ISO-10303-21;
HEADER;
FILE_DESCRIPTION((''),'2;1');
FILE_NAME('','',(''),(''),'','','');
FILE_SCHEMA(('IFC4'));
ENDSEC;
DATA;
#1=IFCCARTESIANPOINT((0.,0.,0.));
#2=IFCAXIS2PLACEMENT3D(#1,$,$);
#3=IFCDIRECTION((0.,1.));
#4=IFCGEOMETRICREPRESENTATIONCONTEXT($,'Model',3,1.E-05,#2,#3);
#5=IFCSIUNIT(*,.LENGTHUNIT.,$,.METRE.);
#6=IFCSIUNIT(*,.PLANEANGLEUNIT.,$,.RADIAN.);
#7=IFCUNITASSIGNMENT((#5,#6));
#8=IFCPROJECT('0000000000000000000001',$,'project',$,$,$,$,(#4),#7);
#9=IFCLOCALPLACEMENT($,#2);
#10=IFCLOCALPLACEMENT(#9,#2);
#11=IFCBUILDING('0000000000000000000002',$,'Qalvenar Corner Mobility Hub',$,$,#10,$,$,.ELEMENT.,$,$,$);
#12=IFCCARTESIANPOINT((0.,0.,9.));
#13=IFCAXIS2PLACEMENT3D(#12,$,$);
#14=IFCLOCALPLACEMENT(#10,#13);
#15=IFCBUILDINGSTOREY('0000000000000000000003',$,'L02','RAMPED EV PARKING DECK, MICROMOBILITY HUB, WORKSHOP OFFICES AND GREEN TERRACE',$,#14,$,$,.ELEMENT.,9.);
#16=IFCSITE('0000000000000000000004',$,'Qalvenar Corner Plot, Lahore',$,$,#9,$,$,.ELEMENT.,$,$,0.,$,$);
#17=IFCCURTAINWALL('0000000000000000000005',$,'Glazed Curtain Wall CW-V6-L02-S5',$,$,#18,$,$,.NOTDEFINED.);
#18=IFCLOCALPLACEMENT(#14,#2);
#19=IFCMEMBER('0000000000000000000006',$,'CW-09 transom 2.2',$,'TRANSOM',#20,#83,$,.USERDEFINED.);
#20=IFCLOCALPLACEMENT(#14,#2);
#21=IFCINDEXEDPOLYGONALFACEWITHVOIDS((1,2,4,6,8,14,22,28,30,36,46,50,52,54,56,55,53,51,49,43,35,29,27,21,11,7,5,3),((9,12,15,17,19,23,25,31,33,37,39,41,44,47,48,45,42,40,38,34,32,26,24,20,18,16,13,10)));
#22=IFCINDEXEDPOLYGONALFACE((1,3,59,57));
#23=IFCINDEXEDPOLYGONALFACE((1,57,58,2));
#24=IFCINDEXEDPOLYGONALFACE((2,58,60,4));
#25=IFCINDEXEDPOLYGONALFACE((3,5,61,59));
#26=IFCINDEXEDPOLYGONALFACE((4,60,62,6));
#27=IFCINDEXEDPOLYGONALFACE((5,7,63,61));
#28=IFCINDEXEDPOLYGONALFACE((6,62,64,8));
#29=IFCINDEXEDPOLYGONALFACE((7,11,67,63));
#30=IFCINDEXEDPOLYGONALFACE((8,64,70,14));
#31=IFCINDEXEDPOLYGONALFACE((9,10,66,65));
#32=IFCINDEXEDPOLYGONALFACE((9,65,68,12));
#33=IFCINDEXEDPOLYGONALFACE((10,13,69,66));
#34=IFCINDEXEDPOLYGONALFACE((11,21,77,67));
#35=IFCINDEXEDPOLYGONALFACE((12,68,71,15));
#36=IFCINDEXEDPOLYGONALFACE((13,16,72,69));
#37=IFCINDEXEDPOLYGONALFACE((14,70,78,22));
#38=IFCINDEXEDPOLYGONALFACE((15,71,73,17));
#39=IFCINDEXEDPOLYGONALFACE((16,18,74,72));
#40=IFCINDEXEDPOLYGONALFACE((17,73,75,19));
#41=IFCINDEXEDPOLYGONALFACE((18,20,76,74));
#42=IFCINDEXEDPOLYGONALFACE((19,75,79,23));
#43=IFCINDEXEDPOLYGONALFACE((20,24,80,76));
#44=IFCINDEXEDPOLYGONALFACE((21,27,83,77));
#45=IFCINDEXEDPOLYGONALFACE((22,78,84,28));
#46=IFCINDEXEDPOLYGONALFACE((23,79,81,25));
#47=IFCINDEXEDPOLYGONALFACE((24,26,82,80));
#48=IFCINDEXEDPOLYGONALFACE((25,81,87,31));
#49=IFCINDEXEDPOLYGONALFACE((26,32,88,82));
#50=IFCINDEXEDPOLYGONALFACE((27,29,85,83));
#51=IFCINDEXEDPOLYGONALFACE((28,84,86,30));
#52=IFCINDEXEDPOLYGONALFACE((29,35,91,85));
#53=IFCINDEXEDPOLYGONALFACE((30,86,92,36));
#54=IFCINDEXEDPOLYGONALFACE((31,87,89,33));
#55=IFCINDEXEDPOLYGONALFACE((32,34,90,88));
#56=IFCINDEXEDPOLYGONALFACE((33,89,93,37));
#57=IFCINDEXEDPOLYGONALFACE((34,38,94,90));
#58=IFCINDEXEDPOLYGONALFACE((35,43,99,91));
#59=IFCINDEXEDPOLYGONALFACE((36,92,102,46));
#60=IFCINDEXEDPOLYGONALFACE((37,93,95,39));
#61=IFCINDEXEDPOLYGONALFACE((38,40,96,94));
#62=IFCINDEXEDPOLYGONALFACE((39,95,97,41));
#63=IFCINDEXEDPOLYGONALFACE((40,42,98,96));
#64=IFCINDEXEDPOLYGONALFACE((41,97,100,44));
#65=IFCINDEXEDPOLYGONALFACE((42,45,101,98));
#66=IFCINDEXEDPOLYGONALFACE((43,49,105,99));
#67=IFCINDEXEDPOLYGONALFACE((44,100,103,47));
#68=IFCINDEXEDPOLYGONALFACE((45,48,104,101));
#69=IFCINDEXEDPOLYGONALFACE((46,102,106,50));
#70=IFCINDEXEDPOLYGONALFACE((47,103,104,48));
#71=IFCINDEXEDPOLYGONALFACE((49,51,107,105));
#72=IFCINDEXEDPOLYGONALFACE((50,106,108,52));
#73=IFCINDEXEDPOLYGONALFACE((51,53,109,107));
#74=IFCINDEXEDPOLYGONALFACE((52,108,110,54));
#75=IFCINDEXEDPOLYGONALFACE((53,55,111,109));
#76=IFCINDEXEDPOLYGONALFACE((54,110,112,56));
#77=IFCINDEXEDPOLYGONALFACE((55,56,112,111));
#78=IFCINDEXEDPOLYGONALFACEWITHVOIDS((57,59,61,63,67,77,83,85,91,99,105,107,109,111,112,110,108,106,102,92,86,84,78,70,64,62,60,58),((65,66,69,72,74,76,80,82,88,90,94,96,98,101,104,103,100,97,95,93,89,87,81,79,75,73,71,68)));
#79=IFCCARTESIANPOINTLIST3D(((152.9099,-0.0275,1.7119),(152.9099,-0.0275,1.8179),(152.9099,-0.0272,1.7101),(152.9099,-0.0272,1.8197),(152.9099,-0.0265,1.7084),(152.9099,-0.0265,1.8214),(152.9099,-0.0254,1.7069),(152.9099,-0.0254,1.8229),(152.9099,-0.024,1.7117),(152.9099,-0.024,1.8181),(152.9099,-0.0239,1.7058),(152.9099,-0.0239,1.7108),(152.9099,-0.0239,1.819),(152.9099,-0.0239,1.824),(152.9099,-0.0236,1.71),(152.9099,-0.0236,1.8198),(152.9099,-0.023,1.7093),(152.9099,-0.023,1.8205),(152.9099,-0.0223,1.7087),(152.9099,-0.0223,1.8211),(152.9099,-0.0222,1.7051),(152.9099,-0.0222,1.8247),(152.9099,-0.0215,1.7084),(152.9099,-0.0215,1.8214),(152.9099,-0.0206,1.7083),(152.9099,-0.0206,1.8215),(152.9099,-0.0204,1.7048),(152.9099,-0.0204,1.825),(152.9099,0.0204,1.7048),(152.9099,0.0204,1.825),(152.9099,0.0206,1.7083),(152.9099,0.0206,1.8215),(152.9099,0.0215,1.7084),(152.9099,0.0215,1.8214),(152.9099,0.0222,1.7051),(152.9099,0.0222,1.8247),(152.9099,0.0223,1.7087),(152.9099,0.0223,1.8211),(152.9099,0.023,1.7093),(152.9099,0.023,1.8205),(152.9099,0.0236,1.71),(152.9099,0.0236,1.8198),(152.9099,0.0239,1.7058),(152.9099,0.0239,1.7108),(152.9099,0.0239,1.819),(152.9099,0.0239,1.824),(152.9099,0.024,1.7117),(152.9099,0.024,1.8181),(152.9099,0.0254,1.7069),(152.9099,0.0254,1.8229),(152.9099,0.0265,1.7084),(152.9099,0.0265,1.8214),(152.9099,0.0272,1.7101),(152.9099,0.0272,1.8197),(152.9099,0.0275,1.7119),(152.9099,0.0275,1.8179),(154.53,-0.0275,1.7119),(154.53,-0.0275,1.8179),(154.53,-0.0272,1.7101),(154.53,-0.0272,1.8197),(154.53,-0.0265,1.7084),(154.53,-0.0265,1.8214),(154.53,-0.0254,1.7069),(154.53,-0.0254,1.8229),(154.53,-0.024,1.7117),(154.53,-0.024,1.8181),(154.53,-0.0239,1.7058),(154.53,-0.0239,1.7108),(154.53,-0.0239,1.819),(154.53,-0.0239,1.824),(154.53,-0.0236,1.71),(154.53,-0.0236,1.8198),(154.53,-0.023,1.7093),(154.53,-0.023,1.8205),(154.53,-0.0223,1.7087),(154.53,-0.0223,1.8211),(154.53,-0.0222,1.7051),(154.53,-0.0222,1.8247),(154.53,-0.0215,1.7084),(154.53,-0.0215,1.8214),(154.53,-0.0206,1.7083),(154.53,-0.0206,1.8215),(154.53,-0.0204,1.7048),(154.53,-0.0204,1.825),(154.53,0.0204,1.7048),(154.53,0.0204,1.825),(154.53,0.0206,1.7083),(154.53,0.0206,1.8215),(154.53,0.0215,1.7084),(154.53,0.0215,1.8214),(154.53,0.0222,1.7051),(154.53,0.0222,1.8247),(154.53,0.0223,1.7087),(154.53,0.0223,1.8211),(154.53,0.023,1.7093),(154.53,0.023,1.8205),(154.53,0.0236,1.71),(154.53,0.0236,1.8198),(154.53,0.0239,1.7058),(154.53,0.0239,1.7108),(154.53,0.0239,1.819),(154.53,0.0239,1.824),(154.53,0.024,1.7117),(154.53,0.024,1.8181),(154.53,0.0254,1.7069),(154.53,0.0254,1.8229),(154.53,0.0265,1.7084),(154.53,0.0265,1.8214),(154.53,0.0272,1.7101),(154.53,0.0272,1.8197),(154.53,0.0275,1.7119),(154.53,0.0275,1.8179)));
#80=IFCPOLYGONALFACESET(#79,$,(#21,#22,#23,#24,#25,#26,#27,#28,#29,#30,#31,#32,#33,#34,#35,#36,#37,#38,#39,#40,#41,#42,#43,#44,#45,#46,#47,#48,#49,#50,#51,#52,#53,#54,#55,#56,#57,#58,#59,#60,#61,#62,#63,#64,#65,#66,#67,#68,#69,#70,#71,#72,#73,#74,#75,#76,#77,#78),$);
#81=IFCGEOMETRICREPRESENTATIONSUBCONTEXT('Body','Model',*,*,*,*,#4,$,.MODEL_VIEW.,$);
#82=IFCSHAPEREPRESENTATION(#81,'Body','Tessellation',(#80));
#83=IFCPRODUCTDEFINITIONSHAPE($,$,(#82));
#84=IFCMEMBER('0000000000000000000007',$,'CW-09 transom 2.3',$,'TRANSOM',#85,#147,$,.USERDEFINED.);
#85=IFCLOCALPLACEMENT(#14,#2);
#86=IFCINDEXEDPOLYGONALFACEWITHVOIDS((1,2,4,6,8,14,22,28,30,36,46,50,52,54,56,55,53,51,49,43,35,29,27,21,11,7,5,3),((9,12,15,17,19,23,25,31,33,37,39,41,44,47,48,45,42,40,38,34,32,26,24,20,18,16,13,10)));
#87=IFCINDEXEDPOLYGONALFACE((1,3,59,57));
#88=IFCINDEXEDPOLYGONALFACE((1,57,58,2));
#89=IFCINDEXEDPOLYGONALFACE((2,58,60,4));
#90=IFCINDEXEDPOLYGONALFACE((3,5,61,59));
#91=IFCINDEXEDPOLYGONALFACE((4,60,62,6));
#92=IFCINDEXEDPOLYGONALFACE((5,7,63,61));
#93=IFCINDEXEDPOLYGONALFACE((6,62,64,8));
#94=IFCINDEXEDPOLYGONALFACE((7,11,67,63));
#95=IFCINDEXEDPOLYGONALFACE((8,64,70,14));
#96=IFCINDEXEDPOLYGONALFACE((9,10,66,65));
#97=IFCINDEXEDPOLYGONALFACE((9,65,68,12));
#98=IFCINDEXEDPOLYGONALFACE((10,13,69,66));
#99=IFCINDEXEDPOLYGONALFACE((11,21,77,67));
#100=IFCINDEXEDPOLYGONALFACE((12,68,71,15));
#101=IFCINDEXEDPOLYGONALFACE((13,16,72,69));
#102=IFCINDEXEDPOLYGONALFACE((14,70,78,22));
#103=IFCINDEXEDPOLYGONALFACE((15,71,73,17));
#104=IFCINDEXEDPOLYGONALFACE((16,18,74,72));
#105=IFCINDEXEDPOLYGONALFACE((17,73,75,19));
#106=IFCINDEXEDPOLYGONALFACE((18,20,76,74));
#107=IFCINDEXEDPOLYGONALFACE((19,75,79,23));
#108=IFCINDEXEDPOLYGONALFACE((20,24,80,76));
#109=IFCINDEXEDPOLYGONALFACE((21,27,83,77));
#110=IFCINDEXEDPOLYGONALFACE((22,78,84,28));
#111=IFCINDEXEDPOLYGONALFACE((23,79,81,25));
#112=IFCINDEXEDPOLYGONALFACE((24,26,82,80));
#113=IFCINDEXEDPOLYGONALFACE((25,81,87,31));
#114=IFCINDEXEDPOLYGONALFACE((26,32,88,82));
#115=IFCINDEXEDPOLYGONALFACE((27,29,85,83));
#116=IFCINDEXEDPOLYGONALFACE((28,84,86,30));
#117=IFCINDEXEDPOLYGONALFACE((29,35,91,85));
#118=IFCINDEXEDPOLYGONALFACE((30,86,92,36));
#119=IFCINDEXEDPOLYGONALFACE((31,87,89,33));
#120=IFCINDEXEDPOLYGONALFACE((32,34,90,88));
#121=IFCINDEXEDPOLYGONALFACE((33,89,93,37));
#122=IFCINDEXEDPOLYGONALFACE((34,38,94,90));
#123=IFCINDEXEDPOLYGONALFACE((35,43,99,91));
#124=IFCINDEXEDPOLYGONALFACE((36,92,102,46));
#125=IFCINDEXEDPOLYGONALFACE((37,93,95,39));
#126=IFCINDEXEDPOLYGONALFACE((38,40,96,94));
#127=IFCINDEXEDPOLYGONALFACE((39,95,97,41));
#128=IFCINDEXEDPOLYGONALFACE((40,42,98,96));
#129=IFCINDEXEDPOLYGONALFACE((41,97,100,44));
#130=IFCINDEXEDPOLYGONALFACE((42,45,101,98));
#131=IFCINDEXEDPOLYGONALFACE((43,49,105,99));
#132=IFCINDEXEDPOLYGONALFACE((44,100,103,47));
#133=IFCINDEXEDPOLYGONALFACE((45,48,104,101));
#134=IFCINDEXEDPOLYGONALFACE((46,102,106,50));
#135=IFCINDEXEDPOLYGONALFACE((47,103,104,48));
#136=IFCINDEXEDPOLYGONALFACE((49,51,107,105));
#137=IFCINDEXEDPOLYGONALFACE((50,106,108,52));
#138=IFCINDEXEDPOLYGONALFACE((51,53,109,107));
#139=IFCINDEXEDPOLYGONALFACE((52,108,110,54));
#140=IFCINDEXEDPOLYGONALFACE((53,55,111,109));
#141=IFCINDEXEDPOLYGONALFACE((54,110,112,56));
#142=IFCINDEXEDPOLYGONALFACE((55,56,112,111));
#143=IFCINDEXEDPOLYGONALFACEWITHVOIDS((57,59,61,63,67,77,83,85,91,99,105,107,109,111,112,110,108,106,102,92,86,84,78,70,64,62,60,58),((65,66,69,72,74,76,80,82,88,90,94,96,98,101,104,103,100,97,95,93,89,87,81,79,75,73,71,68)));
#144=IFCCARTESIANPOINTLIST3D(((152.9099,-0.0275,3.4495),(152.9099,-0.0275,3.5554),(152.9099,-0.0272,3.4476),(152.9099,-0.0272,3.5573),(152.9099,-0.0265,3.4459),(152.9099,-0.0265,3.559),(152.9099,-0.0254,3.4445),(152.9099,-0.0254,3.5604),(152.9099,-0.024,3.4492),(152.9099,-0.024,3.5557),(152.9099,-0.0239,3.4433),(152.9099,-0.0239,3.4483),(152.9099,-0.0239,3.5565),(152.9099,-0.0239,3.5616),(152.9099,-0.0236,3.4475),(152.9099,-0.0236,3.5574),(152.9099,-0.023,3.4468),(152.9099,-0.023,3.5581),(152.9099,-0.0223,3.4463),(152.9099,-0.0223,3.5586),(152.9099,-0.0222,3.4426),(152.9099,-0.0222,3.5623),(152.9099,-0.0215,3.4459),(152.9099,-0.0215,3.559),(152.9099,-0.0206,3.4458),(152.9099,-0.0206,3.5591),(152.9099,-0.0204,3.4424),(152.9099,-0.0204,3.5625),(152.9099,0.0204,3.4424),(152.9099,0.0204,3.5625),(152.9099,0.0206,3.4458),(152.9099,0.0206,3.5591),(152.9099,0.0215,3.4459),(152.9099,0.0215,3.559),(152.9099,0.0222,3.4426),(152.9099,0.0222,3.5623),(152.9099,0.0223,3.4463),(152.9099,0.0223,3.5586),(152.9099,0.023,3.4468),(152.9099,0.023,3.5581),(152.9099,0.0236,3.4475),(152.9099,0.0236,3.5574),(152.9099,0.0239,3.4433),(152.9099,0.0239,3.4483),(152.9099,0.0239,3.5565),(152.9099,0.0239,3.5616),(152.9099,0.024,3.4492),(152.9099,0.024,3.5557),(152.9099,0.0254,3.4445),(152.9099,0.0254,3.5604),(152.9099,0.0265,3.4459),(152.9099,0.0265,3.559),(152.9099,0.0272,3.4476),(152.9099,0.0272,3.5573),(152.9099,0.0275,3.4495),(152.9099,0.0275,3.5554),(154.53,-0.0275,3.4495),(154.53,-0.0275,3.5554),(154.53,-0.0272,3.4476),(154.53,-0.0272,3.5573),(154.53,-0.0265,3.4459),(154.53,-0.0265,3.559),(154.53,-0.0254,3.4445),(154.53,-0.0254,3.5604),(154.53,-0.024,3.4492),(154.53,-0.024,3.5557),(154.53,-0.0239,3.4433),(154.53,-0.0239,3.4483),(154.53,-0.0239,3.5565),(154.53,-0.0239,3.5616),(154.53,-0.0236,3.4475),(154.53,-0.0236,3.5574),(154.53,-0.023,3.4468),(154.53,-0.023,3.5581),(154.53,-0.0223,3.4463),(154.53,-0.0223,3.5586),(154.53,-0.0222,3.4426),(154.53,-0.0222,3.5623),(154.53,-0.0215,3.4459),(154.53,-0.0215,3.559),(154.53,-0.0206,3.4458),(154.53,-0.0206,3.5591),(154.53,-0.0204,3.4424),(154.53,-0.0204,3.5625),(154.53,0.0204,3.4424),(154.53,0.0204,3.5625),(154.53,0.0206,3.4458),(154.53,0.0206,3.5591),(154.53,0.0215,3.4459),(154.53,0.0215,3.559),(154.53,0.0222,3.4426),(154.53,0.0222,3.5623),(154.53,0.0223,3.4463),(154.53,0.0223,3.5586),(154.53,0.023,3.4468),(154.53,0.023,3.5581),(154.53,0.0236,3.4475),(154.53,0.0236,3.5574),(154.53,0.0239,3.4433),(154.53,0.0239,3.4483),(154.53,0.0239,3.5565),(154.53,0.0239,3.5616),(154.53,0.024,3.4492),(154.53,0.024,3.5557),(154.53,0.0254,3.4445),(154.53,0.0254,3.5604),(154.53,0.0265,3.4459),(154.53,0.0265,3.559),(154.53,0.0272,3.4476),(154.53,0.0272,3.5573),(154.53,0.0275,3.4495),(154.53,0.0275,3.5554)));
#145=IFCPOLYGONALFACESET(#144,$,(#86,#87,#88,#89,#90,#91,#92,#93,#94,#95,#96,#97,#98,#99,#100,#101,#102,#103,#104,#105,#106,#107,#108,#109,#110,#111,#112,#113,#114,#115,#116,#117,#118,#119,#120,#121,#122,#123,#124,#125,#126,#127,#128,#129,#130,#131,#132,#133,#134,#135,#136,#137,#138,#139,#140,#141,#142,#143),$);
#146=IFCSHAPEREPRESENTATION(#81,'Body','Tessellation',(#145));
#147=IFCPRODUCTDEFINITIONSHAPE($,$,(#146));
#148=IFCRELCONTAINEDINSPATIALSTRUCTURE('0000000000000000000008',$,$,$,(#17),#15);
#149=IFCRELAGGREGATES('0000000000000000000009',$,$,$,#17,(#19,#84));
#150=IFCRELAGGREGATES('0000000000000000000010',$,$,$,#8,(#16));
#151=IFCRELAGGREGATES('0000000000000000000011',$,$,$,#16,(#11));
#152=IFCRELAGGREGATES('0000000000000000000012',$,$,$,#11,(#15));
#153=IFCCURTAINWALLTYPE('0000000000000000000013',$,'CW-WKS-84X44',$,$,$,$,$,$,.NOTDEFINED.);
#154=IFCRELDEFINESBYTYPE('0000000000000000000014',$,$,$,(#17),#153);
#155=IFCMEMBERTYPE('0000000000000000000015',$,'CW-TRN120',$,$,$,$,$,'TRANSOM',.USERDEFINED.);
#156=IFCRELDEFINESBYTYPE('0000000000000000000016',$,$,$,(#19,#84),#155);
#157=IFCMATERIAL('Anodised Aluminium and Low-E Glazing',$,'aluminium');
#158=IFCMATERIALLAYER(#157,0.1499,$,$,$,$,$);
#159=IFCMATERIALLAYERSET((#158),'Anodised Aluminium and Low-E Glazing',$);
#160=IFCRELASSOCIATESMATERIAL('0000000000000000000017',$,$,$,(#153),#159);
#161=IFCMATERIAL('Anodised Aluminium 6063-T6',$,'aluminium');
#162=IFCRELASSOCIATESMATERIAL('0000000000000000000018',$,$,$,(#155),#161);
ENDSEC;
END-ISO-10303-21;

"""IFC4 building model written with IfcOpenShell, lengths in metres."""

from ifc_helpers import new_model, si_unit, direction, frame, origin, origin_2d, place, context, subcontext, project, spatial, hollow_rectangle, extrude, material, layer, layer_set, material_profile, profile_set, type_object, element, aggregate, save


model = new_model("IFC4")

# Units and contexts
model_context = context("Model", 3, precision=1e-05, world=origin(), true_north=direction((0.0, 1.0)))
body_context = subcontext(model_context, "Body", "Model", "MODEL_VIEW")
ifc_project = project(units=[si_unit("LENGTHUNIT", "METRE"), si_unit("PLANEANGLEUNIT", "RADIAN")], contexts=[model_context])

# Site, building, storey
site_placement = place(None, origin())
site = spatial("IfcSite", under=ifc_project, at=site_placement, Name="Qalvenar Corner Plot, Lahore", CompositionType="ELEMENT", RefElevation=0.0)
building_placement = place(site_placement, origin())
building = spatial("IfcBuilding", under=site, at=building_placement, Name="Qalvenar Corner Mobility Hub", CompositionType="ELEMENT")
storey_placement = place(building_placement, frame((0.0, 0.0, 9.0)))
storey = spatial("IfcBuildingStorey", under=building, at=storey_placement, Name="L02", Description="RAMPED EV PARKING DECK, MICROMOBILITY HUB, WORKSHOP OFFICES AND GREEN TERRACE", CompositionType="ELEMENT", Elevation=9.0)

# Curtain wall, members
ifc_material_1 = material(Name="Anodised Aluminium and Low-E Glazing", Category="aluminium")
ifc_layer_1 = layer(ifc_material_1, 0.1499)
ifc_layer_set_1 = layer_set([ifc_layer_1], Name="Anodised Aluminium and Low-E Glazing")
curtain_wall_type = type_object("IfcCurtainWallType", Name="CW-WKS-84X44", PredefinedType="NOTDEFINED", material=ifc_layer_set_1)
curtain_wall_placement = place(storey_placement, origin())
curtain_wall = element("IfcCurtainWall", 1, at=curtain_wall_placement, inside=storey, type_object=curtain_wall_type, Name="Glazed Curtain Wall CW-V6-L02-S5", PredefinedType="NOTDEFINED")
ifc_material_2 = material(Name="Anodised Aluminium 6063-T6", Category="aluminium")
ifc_material_profile_1 = material_profile(ifc_material_2, hollow_rectangle(XDim=0.0549, YDim=0.1201, WallThickness=0.0034, InnerFilletRadius=0.0034, OuterFilletRadius=0.0071, at=origin_2d()), Name="RHS120x55x3.5")
ifc_profile_set_1 = profile_set([ifc_material_profile_1], Name="Anodised Aluminium 6063-T6")
member_type_1 = type_object("IfcMemberType", Name="CW-TRN120", ElementType="TRANSOM", PredefinedType="USERDEFINED", material=ifc_profile_set_1)
member_1_placement = place(storey_placement, frame((152.9099, 0.0, 1.7649), z_axis=(1.0, 0.0, 0.0), x_axis=(0.0, 1.0, 0.0)))
member_1 = element("IfcMember", 2, at=member_1_placement, type_object=member_type_1, Name="CW-09 transom 2.2", ObjectType="TRANSOM", PredefinedType="USERDEFINED", context=body_context, shape_type="SweptSolid", body=[
    extrude(hollow_rectangle(XDim=0.0549, YDim=0.1201, WallThickness=0.0034, InnerFilletRadius=0.0034, OuterFilletRadius=0.0071, at=origin_2d()), origin(), (0.0, 0.0, 1.0), 1.6201),
])
member_2_placement = place(storey_placement, frame((152.9099, 0.0, 3.5024), z_axis=(1.0, 0.0, 0.0), x_axis=(0.0, 1.0, 0.0)))
member_2 = element("IfcMember", 3, at=member_2_placement, type_object=member_type_1, Name="CW-09 transom 2.3", ObjectType="TRANSOM", PredefinedType="USERDEFINED", context=body_context, shape_type="SweptSolid", body=[
    extrude(hollow_rectangle(XDim=0.0549, YDim=0.1201, WallThickness=0.0034, InnerFilletRadius=0.0034, OuterFilletRadius=0.0071, at=origin_2d()), origin(), (0.0, 0.0, 1.0), 1.6201),
])
aggregate(curtain_wall, [member_1, member_2])

save(model, "model.ifc")
